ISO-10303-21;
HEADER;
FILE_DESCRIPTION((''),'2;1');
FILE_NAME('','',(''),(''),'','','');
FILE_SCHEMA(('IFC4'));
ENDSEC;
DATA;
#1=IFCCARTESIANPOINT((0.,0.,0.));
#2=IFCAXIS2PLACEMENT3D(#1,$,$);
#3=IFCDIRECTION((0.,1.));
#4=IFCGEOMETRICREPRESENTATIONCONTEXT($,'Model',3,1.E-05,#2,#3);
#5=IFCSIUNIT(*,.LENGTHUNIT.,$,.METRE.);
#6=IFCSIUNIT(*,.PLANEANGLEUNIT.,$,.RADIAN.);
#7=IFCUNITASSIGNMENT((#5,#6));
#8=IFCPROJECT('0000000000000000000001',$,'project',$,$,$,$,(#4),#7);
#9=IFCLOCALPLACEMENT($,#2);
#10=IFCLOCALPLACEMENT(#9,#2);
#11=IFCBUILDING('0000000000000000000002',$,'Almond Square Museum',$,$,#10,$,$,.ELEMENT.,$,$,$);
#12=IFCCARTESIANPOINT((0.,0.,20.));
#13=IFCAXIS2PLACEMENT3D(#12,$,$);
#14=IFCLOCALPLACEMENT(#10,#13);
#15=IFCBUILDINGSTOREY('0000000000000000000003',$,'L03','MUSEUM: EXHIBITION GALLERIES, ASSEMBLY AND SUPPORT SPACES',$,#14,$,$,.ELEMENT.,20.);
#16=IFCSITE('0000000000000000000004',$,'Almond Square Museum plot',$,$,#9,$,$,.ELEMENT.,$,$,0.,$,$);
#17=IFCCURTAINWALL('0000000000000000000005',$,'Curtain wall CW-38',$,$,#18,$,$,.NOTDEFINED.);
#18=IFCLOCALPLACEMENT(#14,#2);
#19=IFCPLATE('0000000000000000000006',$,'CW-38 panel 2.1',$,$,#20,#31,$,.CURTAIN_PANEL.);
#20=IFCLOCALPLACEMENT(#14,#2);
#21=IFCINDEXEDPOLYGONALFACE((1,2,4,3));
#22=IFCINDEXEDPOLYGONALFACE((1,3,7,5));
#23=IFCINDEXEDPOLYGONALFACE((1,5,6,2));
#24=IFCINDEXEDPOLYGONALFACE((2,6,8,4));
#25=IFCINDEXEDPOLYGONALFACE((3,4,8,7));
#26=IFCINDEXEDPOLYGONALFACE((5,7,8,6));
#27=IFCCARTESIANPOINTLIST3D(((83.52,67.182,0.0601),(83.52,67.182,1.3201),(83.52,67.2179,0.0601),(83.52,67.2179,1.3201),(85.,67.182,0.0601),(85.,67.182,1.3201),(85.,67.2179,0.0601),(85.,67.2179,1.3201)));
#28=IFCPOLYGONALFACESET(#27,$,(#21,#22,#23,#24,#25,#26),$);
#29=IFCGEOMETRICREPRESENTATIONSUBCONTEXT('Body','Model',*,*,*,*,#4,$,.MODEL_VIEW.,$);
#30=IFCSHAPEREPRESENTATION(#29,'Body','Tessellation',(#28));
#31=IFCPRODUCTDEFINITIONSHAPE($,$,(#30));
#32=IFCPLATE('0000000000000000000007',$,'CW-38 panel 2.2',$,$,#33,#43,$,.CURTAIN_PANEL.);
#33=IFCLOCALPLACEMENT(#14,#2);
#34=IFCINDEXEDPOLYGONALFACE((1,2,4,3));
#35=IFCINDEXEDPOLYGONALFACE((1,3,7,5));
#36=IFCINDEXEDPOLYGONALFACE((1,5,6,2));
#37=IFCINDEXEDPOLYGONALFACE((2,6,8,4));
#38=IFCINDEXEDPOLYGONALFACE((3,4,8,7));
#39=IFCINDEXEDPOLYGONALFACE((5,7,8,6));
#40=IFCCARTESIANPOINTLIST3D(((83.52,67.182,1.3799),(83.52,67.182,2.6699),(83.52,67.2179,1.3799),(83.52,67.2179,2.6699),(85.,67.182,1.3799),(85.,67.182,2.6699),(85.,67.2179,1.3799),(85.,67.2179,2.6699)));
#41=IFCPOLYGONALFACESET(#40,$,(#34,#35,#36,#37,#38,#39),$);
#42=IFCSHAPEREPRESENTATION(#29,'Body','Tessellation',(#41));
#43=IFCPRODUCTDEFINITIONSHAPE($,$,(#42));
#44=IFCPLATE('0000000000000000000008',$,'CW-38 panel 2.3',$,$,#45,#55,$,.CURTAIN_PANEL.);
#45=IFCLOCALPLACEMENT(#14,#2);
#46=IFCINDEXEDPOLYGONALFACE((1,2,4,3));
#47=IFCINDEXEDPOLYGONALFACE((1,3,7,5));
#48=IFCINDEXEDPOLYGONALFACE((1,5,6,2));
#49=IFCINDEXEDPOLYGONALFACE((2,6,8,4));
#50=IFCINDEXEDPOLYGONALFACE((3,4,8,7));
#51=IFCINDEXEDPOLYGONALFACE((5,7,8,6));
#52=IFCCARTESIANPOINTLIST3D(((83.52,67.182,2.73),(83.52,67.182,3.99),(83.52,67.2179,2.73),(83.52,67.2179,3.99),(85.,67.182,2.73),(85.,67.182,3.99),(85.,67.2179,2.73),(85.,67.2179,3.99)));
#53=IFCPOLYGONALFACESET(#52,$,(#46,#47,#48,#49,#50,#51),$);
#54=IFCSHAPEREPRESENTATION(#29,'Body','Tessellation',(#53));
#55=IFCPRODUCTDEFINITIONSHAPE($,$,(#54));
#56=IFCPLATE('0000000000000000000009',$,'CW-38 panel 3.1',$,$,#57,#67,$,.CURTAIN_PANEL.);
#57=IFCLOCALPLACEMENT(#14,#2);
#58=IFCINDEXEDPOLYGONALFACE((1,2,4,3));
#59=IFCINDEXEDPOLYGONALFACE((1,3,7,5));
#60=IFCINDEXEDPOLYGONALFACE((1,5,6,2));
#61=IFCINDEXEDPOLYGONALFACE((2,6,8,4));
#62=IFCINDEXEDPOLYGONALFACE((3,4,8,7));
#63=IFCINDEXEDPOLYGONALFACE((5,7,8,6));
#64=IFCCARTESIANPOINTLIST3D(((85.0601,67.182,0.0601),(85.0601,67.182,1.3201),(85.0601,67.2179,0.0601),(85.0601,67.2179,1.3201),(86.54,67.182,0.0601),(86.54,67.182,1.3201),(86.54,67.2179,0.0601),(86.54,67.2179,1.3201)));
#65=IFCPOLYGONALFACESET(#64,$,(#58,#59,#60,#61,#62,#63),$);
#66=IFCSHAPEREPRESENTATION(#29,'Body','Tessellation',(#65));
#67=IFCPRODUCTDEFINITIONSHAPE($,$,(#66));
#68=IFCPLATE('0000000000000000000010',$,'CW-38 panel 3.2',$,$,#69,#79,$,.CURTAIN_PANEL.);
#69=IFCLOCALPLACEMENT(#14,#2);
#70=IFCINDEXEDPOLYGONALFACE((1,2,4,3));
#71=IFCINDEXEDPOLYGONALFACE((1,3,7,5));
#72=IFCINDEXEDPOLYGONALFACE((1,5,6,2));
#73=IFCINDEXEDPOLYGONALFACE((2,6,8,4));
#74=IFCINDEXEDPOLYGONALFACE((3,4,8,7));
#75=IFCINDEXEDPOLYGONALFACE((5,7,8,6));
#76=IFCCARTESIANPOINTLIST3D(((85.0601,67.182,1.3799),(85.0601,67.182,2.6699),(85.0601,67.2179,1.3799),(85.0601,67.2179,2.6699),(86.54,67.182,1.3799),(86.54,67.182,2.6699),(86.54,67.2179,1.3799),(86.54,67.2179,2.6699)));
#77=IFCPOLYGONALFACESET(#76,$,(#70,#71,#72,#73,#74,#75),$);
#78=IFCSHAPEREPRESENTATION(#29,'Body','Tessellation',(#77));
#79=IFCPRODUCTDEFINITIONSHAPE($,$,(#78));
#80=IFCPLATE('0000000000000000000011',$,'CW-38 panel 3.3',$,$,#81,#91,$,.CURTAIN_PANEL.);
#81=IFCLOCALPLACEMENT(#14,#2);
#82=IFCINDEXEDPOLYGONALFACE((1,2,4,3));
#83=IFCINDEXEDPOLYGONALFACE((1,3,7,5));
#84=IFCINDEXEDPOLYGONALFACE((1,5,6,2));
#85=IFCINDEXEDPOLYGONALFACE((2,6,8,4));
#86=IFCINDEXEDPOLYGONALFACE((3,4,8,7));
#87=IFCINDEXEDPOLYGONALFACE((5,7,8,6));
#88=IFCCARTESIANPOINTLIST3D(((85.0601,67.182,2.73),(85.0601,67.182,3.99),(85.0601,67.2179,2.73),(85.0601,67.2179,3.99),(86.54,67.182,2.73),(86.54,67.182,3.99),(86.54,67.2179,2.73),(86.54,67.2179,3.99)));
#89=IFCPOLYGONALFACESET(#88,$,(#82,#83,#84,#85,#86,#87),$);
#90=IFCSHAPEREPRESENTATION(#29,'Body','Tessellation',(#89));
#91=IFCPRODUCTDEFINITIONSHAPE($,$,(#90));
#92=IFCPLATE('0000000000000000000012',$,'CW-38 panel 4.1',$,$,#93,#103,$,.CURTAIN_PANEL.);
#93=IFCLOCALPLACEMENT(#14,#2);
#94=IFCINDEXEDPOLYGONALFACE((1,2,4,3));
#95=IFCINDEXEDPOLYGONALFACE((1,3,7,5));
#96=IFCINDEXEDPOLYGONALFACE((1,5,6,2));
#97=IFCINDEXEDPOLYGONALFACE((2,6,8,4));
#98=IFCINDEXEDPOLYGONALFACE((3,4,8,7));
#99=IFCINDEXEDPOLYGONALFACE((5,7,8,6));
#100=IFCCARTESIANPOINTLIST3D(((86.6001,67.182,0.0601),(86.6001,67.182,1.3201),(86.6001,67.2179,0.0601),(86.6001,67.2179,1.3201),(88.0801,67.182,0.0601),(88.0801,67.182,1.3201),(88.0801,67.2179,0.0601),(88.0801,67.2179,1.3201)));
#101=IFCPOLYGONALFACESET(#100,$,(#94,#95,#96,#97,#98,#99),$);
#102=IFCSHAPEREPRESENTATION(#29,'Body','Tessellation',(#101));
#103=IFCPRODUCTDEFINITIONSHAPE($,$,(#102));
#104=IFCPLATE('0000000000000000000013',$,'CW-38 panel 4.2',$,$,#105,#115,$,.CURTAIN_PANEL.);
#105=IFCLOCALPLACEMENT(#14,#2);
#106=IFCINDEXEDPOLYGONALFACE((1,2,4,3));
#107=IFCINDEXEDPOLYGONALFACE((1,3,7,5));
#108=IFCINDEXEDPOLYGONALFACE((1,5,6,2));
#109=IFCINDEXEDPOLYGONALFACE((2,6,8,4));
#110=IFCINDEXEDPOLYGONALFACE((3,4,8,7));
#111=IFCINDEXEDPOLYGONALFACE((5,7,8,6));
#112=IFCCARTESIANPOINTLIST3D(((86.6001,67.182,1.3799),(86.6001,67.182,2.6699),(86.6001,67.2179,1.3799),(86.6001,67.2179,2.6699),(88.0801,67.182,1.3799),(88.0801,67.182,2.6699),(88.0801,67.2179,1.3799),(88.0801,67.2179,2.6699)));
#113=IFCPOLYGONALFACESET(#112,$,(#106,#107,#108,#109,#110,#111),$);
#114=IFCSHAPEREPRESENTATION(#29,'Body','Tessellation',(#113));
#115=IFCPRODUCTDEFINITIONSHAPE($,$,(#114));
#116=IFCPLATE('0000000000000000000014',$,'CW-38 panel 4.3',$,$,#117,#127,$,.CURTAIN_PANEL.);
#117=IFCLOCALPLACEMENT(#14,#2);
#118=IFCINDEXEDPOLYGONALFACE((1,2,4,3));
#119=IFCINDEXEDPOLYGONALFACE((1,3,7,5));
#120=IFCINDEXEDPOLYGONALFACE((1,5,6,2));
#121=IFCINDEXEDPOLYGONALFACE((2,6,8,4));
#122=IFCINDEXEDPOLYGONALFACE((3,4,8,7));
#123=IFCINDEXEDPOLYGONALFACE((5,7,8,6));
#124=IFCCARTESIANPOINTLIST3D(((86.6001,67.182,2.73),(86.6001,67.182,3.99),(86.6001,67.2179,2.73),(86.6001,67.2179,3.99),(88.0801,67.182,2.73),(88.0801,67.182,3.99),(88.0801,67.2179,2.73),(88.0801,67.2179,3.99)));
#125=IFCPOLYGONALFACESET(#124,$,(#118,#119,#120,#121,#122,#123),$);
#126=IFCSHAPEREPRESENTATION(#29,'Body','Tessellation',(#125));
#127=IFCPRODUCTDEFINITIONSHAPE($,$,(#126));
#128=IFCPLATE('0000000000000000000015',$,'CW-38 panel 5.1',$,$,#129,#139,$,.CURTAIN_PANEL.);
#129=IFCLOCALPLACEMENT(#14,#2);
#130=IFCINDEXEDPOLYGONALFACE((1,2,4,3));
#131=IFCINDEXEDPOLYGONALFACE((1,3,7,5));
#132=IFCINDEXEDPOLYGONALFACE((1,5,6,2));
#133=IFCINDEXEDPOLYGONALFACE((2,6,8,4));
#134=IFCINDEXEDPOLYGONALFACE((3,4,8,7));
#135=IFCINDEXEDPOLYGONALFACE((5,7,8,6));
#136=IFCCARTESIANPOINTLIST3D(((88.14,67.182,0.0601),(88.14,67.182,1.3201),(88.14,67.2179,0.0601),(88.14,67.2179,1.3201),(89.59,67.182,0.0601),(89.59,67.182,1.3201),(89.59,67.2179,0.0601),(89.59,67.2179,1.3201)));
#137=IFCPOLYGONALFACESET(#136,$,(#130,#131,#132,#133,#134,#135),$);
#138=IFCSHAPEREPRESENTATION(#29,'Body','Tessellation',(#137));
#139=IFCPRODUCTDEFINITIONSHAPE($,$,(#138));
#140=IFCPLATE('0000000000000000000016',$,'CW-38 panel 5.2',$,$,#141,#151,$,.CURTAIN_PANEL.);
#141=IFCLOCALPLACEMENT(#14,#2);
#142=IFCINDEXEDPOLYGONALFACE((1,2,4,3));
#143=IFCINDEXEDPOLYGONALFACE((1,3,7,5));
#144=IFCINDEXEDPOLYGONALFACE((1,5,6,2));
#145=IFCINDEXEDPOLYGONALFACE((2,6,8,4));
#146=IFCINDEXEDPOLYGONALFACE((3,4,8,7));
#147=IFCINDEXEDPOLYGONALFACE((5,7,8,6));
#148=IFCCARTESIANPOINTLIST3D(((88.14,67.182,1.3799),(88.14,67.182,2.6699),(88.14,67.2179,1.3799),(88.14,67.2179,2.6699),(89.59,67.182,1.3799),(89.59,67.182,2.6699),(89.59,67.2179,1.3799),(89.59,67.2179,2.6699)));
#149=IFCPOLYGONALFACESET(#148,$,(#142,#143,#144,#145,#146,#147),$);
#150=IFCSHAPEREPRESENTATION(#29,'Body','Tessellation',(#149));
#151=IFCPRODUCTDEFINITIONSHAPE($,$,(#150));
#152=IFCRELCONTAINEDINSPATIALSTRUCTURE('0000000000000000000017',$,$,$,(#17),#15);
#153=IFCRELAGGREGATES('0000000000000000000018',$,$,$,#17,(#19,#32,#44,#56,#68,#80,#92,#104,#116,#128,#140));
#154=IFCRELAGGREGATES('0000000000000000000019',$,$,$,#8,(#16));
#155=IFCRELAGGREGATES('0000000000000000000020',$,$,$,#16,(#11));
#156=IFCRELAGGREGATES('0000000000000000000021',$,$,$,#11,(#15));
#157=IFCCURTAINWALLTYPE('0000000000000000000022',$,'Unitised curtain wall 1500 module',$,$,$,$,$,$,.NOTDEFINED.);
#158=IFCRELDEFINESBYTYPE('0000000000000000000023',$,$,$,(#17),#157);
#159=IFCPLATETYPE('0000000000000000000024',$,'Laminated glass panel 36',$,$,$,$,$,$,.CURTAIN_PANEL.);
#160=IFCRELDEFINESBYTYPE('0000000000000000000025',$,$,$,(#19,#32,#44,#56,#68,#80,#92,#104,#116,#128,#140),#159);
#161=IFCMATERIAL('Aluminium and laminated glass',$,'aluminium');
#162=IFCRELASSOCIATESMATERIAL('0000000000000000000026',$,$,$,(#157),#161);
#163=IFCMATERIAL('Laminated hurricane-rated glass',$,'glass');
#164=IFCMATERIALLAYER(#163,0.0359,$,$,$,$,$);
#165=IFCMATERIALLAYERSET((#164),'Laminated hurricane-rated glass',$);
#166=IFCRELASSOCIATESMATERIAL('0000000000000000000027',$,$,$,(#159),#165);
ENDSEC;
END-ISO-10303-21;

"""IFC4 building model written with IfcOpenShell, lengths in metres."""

from ifc_helpers import new_model, si_unit, direction, frame, origin, origin_2d, place, context, subcontext, project, spatial, rectangle, extrude, material, layer, layer_set, type_object, element, aggregate, save


model = new_model("IFC4")

# Units and contexts
model_context = context("Model", 3, precision=1e-05, world=origin(), true_north=direction((0.0, 1.0)))
body_context = subcontext(model_context, "Body", "Model", "MODEL_VIEW")
ifc_project = project(units=[si_unit("LENGTHUNIT", "METRE"), si_unit("PLANEANGLEUNIT", "RADIAN")], contexts=[model_context])

# Site, building, storey
site_placement = place(None, origin())
site = spatial("IfcSite", under=ifc_project, at=site_placement, Name="Almond Square Museum plot", CompositionType="ELEMENT", RefElevation=0.0)
building_placement = place(site_placement, origin())
building = spatial("IfcBuilding", under=site, at=building_placement, Name="Almond Square Museum", CompositionType="ELEMENT")
storey_placement = place(building_placement, frame((0.0, 0.0, 20.0)))
storey = spatial("IfcBuildingStorey", under=building, at=storey_placement, Name="L03", Description="MUSEUM: EXHIBITION GALLERIES, ASSEMBLY AND SUPPORT SPACES", CompositionType="ELEMENT", Elevation=20.0)

# Curtain wall, plates
ifc_material_1 = material(Name="Aluminium and laminated glass", Category="aluminium")
curtain_wall_type = type_object("IfcCurtainWallType", Name="Unitised curtain wall 1500 module", PredefinedType="NOTDEFINED", material=ifc_material_1)
curtain_wall_placement = place(storey_placement, origin())
curtain_wall = element("IfcCurtainWall", 1, at=curtain_wall_placement, inside=storey, type_object=curtain_wall_type, Name="Curtain wall CW-38", PredefinedType="NOTDEFINED")
ifc_material_2 = material(Name="Laminated hurricane-rated glass", Category="glass")
ifc_layer = layer(ifc_material_2, 0.0359)
ifc_layer_set = layer_set([ifc_layer], Name="Laminated hurricane-rated glass")
plate_type = type_object("IfcPlateType", Name="Laminated glass panel 36", PredefinedType="CURTAIN_PANEL", material=ifc_layer_set)
plate_1_placement = place(storey_placement, frame((84.26, 67.2, 0.0601), z_axis=(0.0, 0.0, 1.0), x_axis=(1.0, 0.0, 0.0)))
plate_1 = element("IfcPlate", 2, at=plate_1_placement, type_object=plate_type, Name="CW-38 panel 2.1", PredefinedType="CURTAIN_PANEL", context=body_context, shape_type="SweptSolid", body=[
    extrude(rectangle(XDim=1.48, YDim=0.0359, at=origin_2d()), origin(), (0.0, 0.0, 1.0), 1.26),
])
plate_2_placement = place(storey_placement, frame((84.26, 67.2, 1.3799), z_axis=(0.0, 0.0, 1.0), x_axis=(1.0, 0.0, 0.0)))
plate_2 = element("IfcPlate", 3, at=plate_2_placement, type_object=plate_type, Name="CW-38 panel 2.2", PredefinedType="CURTAIN_PANEL", context=body_context, shape_type="SweptSolid", body=[
    extrude(rectangle(XDim=1.48, YDim=0.0359, at=origin_2d()), origin(), (0.0, 0.0, 1.0), 1.29),
])
plate_3_placement = place(storey_placement, frame((84.26, 67.2, 2.73), z_axis=(0.0, 0.0, 1.0), x_axis=(1.0, 0.0, 0.0)))
plate_3 = element("IfcPlate", 4, at=plate_3_placement, type_object=plate_type, Name="CW-38 panel 2.3", PredefinedType="CURTAIN_PANEL", context=body_context, shape_type="SweptSolid", body=[
    extrude(rectangle(XDim=1.48, YDim=0.0359, at=origin_2d()), origin(), (0.0, 0.0, 1.0), 1.26),
])
plate_4_placement = place(storey_placement, frame((85.8, 67.2, 0.0601), z_axis=(0.0, 0.0, 1.0), x_axis=(1.0, 0.0, 0.0)))
plate_4 = element("IfcPlate", 5, at=plate_4_placement, type_object=plate_type, Name="CW-38 panel 3.1", PredefinedType="CURTAIN_PANEL", context=body_context, shape_type="SweptSolid", body=[
    extrude(rectangle(XDim=1.48, YDim=0.0359, at=origin_2d()), origin(), (0.0, 0.0, 1.0), 1.26),
])
plate_5_placement = place(storey_placement, frame((85.8, 67.2, 1.3799), z_axis=(0.0, 0.0, 1.0), x_axis=(1.0, 0.0, 0.0)))
plate_5 = element("IfcPlate", 6, at=plate_5_placement, type_object=plate_type, Name="CW-38 panel 3.2", PredefinedType="CURTAIN_PANEL", context=body_context, shape_type="SweptSolid", body=[
    extrude(rectangle(XDim=1.48, YDim=0.0359, at=origin_2d()), origin(), (0.0, 0.0, 1.0), 1.29),
])
plate_6_placement = place(storey_placement, frame((85.8, 67.2, 2.73), z_axis=(0.0, 0.0, 1.0), x_axis=(1.0, 0.0, 0.0)))
plate_6 = element("IfcPlate", 7, at=plate_6_placement, type_object=plate_type, Name="CW-38 panel 3.3", PredefinedType="CURTAIN_PANEL", context=body_context, shape_type="SweptSolid", body=[
    extrude(rectangle(XDim=1.48, YDim=0.0359, at=origin_2d()), origin(), (0.0, 0.0, 1.0), 1.26),
])
plate_7_placement = place(storey_placement, frame((87.3401, 67.2, 0.0601), z_axis=(0.0, 0.0, 1.0), x_axis=(1.0, 0.0, 0.0)))
plate_7 = element("IfcPlate", 8, at=plate_7_placement, type_object=plate_type, Name="CW-38 panel 4.1", PredefinedType="CURTAIN_PANEL", context=body_context, shape_type="SweptSolid", body=[
    extrude(rectangle(XDim=1.48, YDim=0.0359, at=origin_2d()), origin(), (0.0, 0.0, 1.0), 1.26),
])
plate_8_placement = place(storey_placement, frame((87.3401, 67.2, 1.3799), z_axis=(0.0, 0.0, 1.0), x_axis=(1.0, 0.0, 0.0)))
plate_8 = element("IfcPlate", 9, at=plate_8_placement, type_object=plate_type, Name="CW-38 panel 4.2", PredefinedType="CURTAIN_PANEL", context=body_context, shape_type="SweptSolid", body=[
    extrude(rectangle(XDim=1.48, YDim=0.0359, at=origin_2d()), origin(), (0.0, 0.0, 1.0), 1.29),
])
plate_9_placement = place(storey_placement, frame((87.3401, 67.2, 2.73), z_axis=(0.0, 0.0, 1.0), x_axis=(1.0, 0.0, 0.0)))
plate_9 = element("IfcPlate", 10, at=plate_9_placement, type_object=plate_type, Name="CW-38 panel 4.3", PredefinedType="CURTAIN_PANEL", context=body_context, shape_type="SweptSolid", body=[
    extrude(rectangle(XDim=1.48, YDim=0.0359, at=origin_2d()), origin(), (0.0, 0.0, 1.0), 1.26),
])
plate_10_placement = place(storey_placement, frame((88.865, 67.2, 0.0601), z_axis=(0.0, 0.0, 1.0), x_axis=(1.0, 0.0, 0.0)))
plate_10 = element("IfcPlate", 11, at=plate_10_placement, type_object=plate_type, Name="CW-38 panel 5.1", PredefinedType="CURTAIN_PANEL", context=body_context, shape_type="SweptSolid", body=[
    extrude(rectangle(XDim=1.45, YDim=0.0359, at=origin_2d()), origin(), (0.0, 0.0, 1.0), 1.26),
])
plate_11_placement = place(storey_placement, frame((88.865, 67.2, 1.3799), z_axis=(0.0, 0.0, 1.0), x_axis=(1.0, 0.0, 0.0)))
plate_11 = element("IfcPlate", 12, at=plate_11_placement, type_object=plate_type, Name="CW-38 panel 5.2", PredefinedType="CURTAIN_PANEL", context=body_context, shape_type="SweptSolid", body=[
    extrude(rectangle(XDim=1.45, YDim=0.0359, at=origin_2d()), origin(), (0.0, 0.0, 1.0), 1.29),
])
aggregate(curtain_wall, [plate_1, plate_2, plate_3, plate_4, plate_5, plate_6, plate_7, plate_8, plate_9, plate_10, plate_11])

save(model, "model.ifc")
